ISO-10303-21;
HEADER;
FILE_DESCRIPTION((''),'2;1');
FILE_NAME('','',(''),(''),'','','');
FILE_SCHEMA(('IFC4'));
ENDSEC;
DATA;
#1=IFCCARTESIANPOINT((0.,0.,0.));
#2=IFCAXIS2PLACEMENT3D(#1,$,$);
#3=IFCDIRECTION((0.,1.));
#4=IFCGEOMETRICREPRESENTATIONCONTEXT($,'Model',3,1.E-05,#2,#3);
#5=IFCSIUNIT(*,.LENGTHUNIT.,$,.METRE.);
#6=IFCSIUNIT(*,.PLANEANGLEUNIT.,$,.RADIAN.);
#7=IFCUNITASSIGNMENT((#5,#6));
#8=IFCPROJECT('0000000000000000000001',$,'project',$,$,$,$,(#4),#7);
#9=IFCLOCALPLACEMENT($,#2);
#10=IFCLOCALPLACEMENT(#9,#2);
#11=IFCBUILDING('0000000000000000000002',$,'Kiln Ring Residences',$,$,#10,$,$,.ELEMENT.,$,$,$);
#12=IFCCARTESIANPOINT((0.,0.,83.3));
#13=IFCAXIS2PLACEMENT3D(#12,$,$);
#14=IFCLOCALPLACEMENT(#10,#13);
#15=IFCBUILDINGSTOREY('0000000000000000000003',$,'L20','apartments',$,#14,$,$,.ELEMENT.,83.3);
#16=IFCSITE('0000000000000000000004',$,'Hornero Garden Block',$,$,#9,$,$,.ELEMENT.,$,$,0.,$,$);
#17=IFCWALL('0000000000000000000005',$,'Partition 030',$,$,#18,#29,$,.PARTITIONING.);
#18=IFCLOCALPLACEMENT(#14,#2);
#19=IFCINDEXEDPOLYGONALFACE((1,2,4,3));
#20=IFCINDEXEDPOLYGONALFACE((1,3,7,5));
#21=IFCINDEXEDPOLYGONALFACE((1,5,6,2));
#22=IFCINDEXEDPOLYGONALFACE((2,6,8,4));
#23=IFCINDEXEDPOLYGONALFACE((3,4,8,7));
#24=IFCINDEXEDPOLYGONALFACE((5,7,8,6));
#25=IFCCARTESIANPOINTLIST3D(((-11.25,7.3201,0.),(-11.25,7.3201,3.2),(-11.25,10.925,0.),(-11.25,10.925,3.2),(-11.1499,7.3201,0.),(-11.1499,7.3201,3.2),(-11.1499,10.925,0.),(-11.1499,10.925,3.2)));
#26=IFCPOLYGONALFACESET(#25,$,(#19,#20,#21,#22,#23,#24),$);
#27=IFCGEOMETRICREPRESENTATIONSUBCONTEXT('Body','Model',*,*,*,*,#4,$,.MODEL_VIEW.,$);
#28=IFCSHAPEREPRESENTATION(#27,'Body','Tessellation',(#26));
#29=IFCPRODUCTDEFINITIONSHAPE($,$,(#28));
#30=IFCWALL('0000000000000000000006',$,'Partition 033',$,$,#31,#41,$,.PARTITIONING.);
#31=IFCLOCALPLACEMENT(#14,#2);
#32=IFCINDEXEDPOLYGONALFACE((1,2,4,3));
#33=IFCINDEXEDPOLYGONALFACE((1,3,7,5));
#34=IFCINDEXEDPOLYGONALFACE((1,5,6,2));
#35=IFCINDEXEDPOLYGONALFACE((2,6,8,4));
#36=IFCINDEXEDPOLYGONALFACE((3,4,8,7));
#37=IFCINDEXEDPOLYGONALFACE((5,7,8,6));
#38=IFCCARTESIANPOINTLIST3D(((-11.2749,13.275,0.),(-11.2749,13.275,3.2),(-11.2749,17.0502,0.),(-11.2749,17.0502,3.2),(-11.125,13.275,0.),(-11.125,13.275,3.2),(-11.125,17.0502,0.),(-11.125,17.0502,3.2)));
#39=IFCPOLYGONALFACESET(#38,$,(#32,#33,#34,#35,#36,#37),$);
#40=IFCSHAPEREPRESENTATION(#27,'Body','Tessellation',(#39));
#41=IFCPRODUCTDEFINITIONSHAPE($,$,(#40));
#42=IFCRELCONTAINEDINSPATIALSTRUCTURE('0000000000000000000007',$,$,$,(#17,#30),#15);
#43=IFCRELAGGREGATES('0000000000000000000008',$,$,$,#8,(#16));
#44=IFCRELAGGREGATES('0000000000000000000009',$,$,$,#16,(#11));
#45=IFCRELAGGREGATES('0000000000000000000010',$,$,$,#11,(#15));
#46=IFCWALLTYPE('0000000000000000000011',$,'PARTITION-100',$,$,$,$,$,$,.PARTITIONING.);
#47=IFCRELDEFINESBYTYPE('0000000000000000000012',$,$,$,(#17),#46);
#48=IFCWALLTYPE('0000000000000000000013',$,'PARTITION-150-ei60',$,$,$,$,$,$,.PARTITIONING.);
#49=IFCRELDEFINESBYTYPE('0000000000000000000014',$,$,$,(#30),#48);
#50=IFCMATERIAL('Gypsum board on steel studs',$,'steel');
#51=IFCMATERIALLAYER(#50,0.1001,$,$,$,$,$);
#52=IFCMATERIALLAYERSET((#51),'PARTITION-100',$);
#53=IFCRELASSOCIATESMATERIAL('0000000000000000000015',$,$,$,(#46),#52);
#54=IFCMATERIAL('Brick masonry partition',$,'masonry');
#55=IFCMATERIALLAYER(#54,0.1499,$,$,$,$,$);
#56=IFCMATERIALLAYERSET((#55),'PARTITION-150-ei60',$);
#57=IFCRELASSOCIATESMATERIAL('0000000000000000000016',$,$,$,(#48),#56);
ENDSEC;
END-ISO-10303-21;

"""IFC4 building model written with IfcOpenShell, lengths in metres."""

from ifc_helpers import new_model, si_unit, direction, frame, frame_2d, origin, place, context, subcontext, project, spatial, rectangle, extrude, material, layer, layer_set, type_object, element, save


model = new_model("IFC4")

# Units and contexts
model_context = context("Model", 3, precision=1e-05, world=origin(), true_north=direction((0.0, 1.0)))
body_context = subcontext(model_context, "Body", "Model", "MODEL_VIEW")
ifc_project = project(units=[si_unit("LENGTHUNIT", "METRE"), si_unit("PLANEANGLEUNIT", "RADIAN")], contexts=[model_context])

# Site, building, storey
site_placement = place(None, origin())
site = spatial("IfcSite", under=ifc_project, at=site_placement, Name="Hornero Garden Block", CompositionType="ELEMENT", RefElevation=0.0)
building_placement = place(site_placement, origin())
building = spatial("IfcBuilding", under=site, at=building_placement, Name="Kiln Ring Residences", CompositionType="ELEMENT")
storey_placement = place(building_placement, frame((0.0, 0.0, 83.3)))
storey = spatial("IfcBuildingStorey", under=building, at=storey_placement, Name="L20", Description="apartments", CompositionType="ELEMENT", Elevation=83.3)

# Walls
ifc_material_1 = material(Name="Gypsum board on steel studs", Category="steel")
ifc_layer_1 = layer(ifc_material_1, 0.1001)
ifc_layer_set_1 = layer_set([ifc_layer_1], Name="PARTITION-100")
wall_type_1 = type_object("IfcWallType", Name="PARTITION-100", PredefinedType="PARTITIONING", material=ifc_layer_set_1)
wall_1_placement = place(storey_placement, frame((-11.2, 7.3201, 0.0), z_axis=(0.0, 0.0, 1.0), x_axis=(0.0, 1.0, 0.0)))
element("IfcWall", 1, at=wall_1_placement, inside=storey, type_object=wall_type_1, Name="Partition 030", PredefinedType="PARTITIONING", context=body_context, shape_type="SweptSolid", body=[
    extrude(rectangle(XDim=3.605, YDim=0.1001, at=frame_2d((1.8025, 0.0))), origin(), (0.0, 0.0, 1.0), 3.2),
])
ifc_material_2 = material(Name="Brick masonry partition", Category="masonry")
ifc_layer_2 = layer(ifc_material_2, 0.1499)
ifc_layer_set_2 = layer_set([ifc_layer_2], Name="PARTITION-150-ei60")
wall_type_2 = type_object("IfcWallType", Name="PARTITION-150-ei60", PredefinedType="PARTITIONING", material=ifc_layer_set_2)
wall_2_placement = place(storey_placement, frame((-11.2, 13.2749, 0.0), z_axis=(0.0, 0.0, 1.0), x_axis=(0.0, 1.0, 0.0)))
element("IfcWall", 2, at=wall_2_placement, inside=storey, type_object=wall_type_2, Name="Partition 033", PredefinedType="PARTITIONING", context=body_context, shape_type="SweptSolid", body=[
    extrude(rectangle(XDim=3.7751, YDim=0.1499, at=frame_2d((1.8877, 0.0))), origin(), (0.0, 0.0, 1.0), 3.2),
])

save(model, "model.ifc")
